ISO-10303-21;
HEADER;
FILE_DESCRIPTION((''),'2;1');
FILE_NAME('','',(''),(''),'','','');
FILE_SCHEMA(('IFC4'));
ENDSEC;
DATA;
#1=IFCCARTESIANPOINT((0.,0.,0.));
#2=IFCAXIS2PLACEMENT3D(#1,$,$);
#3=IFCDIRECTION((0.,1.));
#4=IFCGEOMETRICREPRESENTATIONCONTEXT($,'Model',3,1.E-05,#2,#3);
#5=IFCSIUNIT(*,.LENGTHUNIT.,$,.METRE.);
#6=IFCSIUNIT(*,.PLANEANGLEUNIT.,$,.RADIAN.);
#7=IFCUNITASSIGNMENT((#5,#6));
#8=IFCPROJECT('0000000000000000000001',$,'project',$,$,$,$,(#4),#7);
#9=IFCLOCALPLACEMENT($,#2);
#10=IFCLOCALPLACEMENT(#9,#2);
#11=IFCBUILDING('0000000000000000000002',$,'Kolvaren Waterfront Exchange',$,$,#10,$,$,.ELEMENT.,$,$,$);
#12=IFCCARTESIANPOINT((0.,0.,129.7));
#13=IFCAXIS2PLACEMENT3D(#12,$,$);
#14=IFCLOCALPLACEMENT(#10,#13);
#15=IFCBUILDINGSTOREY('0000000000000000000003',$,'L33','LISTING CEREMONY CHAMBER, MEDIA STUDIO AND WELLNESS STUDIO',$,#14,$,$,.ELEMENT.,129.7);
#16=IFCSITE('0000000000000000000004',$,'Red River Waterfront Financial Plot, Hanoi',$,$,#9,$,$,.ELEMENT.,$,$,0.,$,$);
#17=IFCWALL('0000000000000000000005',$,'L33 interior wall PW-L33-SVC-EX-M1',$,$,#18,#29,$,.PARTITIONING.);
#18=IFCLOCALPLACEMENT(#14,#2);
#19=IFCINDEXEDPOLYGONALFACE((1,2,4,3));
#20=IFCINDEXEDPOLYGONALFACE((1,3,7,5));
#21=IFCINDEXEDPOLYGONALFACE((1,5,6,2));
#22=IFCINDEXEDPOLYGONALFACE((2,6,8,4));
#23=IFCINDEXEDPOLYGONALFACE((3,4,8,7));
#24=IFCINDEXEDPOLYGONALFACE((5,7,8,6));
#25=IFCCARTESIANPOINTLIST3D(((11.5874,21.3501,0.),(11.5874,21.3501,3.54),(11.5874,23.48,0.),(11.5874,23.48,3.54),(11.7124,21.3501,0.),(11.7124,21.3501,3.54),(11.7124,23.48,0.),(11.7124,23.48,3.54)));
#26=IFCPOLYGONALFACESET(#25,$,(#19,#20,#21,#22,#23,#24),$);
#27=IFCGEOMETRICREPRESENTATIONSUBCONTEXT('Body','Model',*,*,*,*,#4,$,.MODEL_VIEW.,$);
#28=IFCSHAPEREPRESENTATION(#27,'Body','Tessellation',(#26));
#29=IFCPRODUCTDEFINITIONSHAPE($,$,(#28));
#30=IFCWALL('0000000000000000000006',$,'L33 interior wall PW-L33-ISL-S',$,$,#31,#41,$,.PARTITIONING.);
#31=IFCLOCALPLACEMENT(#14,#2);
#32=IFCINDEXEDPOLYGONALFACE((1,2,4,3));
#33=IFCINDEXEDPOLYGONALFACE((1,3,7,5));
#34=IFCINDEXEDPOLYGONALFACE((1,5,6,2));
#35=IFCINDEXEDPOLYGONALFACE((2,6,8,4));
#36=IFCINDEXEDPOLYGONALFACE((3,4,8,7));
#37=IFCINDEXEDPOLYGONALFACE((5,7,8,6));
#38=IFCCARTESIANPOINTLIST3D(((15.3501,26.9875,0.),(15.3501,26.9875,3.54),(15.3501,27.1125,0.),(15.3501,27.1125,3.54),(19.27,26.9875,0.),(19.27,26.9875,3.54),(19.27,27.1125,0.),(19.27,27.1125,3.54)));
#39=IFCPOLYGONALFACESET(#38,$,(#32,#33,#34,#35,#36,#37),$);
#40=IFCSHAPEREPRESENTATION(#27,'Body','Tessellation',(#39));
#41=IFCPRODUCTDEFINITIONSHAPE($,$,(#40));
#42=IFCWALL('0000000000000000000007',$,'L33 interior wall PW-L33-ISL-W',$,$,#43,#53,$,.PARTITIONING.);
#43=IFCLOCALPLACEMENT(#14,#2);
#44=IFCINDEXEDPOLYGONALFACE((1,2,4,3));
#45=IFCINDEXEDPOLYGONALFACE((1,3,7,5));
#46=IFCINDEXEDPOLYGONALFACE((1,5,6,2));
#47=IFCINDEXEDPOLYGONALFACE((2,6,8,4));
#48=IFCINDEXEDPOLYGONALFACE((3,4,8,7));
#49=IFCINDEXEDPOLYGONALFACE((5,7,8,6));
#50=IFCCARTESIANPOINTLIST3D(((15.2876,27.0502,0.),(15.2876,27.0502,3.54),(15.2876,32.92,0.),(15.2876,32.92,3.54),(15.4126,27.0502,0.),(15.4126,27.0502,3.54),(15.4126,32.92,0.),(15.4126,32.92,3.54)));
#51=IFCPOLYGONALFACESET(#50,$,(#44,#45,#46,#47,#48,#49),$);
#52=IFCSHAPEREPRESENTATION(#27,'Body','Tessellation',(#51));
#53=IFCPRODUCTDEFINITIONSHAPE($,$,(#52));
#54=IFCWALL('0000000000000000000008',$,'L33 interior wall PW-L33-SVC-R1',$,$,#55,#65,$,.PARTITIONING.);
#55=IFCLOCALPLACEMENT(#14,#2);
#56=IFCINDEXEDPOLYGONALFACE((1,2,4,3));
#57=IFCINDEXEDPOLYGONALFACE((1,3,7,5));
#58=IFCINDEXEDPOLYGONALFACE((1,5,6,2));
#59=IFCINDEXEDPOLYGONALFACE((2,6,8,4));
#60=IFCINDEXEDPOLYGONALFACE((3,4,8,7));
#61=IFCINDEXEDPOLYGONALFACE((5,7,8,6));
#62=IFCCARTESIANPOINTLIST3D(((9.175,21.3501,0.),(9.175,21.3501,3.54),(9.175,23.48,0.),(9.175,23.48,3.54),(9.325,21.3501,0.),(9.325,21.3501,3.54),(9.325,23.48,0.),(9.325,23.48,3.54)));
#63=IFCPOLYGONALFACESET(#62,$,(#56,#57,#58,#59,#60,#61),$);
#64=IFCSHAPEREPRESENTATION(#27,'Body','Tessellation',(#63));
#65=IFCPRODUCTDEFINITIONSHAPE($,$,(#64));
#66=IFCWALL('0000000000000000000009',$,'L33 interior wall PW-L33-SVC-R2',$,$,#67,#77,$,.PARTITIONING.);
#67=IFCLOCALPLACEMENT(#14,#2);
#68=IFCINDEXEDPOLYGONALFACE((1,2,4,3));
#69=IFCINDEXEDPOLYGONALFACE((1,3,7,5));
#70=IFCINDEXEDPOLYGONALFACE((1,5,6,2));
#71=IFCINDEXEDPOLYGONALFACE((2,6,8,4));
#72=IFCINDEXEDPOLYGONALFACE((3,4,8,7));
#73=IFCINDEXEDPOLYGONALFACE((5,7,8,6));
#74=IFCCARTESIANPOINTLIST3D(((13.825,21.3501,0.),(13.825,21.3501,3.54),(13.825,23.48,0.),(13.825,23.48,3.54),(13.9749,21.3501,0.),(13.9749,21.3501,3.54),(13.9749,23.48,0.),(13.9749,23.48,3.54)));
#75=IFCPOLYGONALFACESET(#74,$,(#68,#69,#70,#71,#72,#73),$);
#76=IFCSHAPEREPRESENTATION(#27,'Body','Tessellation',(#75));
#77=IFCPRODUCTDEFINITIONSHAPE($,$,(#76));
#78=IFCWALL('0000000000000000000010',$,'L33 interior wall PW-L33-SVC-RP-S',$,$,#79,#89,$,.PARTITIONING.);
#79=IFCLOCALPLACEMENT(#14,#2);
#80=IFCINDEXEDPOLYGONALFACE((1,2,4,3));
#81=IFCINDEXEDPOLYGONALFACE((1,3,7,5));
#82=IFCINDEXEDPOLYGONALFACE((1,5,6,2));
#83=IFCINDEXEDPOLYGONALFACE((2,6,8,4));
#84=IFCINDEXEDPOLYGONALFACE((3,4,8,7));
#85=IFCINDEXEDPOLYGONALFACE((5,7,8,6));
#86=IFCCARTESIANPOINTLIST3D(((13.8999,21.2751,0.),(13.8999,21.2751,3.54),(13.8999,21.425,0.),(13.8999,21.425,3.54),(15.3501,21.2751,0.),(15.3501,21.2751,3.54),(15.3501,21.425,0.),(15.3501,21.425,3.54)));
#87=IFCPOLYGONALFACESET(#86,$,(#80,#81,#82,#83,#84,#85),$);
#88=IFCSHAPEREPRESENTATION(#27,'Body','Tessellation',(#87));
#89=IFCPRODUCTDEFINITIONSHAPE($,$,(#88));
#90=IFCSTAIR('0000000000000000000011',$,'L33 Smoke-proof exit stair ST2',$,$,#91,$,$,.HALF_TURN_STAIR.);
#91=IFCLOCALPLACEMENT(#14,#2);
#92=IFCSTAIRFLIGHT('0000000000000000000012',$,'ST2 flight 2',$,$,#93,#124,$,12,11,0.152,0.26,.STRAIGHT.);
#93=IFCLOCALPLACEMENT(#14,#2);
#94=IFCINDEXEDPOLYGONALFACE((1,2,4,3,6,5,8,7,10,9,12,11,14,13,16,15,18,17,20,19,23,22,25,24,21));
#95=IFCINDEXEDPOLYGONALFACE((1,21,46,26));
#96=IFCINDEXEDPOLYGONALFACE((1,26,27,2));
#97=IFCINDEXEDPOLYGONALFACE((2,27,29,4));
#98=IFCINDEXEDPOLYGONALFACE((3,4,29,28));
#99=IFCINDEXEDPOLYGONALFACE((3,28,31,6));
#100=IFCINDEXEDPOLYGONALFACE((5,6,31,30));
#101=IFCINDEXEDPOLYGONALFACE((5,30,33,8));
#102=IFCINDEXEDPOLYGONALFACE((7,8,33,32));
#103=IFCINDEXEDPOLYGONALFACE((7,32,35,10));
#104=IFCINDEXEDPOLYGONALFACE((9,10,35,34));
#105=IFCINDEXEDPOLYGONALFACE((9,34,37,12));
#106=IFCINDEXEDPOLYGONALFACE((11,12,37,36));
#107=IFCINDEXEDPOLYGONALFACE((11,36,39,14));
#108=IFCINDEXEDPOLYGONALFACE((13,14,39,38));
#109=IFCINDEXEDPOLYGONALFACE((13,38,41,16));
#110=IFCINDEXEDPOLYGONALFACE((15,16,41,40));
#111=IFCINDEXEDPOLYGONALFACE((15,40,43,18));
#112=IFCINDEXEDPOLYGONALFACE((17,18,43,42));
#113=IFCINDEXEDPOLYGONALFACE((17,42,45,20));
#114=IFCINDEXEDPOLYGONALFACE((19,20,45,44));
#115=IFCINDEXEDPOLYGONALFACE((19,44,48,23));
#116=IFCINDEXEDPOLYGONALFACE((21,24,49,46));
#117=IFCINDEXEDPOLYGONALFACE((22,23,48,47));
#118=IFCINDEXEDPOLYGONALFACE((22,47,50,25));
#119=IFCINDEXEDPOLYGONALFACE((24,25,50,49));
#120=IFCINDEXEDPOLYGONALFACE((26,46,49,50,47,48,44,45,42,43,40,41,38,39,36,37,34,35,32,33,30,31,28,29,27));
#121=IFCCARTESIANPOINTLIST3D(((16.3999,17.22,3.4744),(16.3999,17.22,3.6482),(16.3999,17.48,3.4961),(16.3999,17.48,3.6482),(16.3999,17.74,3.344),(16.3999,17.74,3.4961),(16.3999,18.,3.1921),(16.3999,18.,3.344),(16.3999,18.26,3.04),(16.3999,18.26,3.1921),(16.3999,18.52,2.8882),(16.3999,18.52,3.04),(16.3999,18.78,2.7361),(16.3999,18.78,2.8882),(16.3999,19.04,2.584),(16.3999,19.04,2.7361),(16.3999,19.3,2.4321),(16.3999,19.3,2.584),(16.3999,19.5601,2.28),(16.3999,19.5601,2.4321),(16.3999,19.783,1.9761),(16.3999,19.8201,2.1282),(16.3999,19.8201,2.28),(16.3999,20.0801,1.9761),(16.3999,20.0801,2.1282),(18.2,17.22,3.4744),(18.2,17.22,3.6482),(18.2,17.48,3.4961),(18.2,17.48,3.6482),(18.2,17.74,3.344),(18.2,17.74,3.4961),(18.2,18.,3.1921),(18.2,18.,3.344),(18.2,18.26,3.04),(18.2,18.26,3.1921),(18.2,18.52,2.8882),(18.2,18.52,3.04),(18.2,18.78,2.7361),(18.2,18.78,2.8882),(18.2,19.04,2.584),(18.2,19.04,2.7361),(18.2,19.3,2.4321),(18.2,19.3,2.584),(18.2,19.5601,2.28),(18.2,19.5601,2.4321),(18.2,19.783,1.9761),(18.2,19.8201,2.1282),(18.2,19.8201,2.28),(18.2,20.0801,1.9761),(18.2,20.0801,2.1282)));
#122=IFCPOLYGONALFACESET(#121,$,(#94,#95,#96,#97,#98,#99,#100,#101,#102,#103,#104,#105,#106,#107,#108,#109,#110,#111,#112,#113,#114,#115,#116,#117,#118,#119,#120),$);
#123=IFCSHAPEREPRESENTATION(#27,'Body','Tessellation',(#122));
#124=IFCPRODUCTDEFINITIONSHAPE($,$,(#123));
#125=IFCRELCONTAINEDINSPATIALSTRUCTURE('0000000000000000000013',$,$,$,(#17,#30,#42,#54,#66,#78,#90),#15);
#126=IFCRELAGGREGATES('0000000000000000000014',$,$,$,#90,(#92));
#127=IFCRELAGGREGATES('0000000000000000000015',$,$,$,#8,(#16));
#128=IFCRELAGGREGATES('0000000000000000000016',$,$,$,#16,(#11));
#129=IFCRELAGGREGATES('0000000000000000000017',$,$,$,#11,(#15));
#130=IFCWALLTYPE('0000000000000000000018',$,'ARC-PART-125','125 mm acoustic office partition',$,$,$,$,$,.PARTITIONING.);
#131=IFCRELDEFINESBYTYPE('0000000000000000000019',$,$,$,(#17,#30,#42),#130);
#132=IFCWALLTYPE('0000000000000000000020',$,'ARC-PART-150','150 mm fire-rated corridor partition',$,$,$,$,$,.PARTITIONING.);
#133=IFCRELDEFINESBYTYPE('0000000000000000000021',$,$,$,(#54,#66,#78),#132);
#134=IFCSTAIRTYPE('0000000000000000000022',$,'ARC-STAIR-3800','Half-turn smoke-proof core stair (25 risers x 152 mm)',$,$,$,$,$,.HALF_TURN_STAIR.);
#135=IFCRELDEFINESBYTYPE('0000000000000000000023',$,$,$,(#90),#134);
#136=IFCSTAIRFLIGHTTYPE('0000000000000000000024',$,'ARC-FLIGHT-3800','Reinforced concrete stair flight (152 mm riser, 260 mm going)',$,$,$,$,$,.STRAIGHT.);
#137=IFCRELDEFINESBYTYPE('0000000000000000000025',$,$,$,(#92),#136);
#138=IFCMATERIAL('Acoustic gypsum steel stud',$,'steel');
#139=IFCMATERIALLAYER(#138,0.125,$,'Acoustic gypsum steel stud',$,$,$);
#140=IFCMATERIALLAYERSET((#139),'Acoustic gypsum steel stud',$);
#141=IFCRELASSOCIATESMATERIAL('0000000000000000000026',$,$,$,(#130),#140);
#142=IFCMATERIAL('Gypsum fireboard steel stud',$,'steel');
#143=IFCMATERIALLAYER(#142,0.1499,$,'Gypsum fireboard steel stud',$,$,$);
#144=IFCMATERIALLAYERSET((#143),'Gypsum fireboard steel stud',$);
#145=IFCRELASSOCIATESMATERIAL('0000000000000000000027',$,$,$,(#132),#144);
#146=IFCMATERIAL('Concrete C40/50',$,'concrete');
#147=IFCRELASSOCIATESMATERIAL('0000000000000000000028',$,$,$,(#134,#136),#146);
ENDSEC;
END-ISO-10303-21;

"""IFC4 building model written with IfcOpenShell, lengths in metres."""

from ifc_helpers import new_model, si_unit, direction, frame, frame_2d, origin, place, context, subcontext, project, spatial, polyline, rectangle, outline, extrude, material, layer, layer_set, type_object, element, aggregate, save


model = new_model("IFC4")

# Units and contexts
model_context = context("Model", 3, precision=1e-05, world=origin(), true_north=direction((0.0, 1.0)))
body_context = subcontext(model_context, "Body", "Model", "MODEL_VIEW")
ifc_project = project(units=[si_unit("LENGTHUNIT", "METRE"), si_unit("PLANEANGLEUNIT", "RADIAN")], contexts=[model_context])

# Site, building, storey
site_placement = place(None, origin())
site = spatial("IfcSite", under=ifc_project, at=site_placement, Name="Red River Waterfront Financial Plot, Hanoi", CompositionType="ELEMENT", RefElevation=0.0)
building_placement = place(site_placement, origin())
building = spatial("IfcBuilding", under=site, at=building_placement, Name="Kolvaren Waterfront Exchange", CompositionType="ELEMENT")
storey_placement = place(building_placement, frame((0.0, 0.0, 129.7)))
storey = spatial("IfcBuildingStorey", under=building, at=storey_placement, Name="L33", Description="LISTING CEREMONY CHAMBER, MEDIA STUDIO AND WELLNESS STUDIO", CompositionType="ELEMENT", Elevation=129.7)

# Shared definitions
ifc_material_1 = material(Name="Acoustic gypsum steel stud", Category="steel")
ifc_layer_1 = layer(ifc_material_1, 0.125, Name="Acoustic gypsum steel stud")
ifc_layer_set_1 = layer_set([ifc_layer_1], Name="Acoustic gypsum steel stud")
wall_type_1 = type_object("IfcWallType", Name="ARC-PART-125", Description="125 mm acoustic office partition", PredefinedType="PARTITIONING", material=ifc_layer_set_1)

# Walls
wall_1_placement = place(storey_placement, frame((11.6499, 21.3501, 0.0), z_axis=(0.0, 0.0, 1.0), x_axis=(0.0, 1.0, 0.0)))
element("IfcWall", 1, at=wall_1_placement, inside=storey, type_object=wall_type_1, Name="L33 interior wall PW-L33-SVC-EX-M1", PredefinedType="PARTITIONING", context=body_context, shape_type="SweptSolid", body=[
    extrude(rectangle(XDim=2.1299, YDim=0.125, at=frame_2d((1.0649, 0.0))), origin(), (0.0, 0.0, 1.0), 3.54),
])
wall_2_placement = place(storey_placement, frame((15.3501, 27.05, 0.0), z_axis=(0.0, 0.0, 1.0), x_axis=(1.0, 0.0, 0.0)))
element("IfcWall", 2, at=wall_2_placement, inside=storey, type_object=wall_type_1, Name="L33 interior wall PW-L33-ISL-S", PredefinedType="PARTITIONING", context=body_context, shape_type="SweptSolid", body=[
    extrude(rectangle(XDim=3.9199, YDim=0.125, at=frame_2d((1.96, 0.0))), origin(), (0.0, 0.0, 1.0), 3.54),
])
wall_3_placement = place(storey_placement, frame((15.3501, 27.05, 0.0), z_axis=(0.0, 0.0, 1.0), x_axis=(0.0, 1.0, 0.0)))
element("IfcWall", 3, at=wall_3_placement, inside=storey, type_object=wall_type_1, Name="L33 interior wall PW-L33-ISL-W", PredefinedType="PARTITIONING", context=body_context, shape_type="SweptSolid", body=[
    extrude(rectangle(XDim=5.8699, YDim=0.125, at=frame_2d((2.9351, 0.0))), origin(), (0.0, 0.0, 1.0), 3.54),
])
ifc_material_2 = material(Name="Gypsum fireboard steel stud", Category="steel")
ifc_layer_2 = layer(ifc_material_2, 0.1499, Name="Gypsum fireboard steel stud")
ifc_layer_set_2 = layer_set([ifc_layer_2], Name="Gypsum fireboard steel stud")
wall_type_2 = type_object("IfcWallType", Name="ARC-PART-150", Description="150 mm fire-rated corridor partition", PredefinedType="PARTITIONING", material=ifc_layer_set_2)
for number, where, z_axis, x_axis, name in (
    (4, (9.25, 21.3501, 0.0), (0.0, 0.0, 1.0), (0.0, 1.0, 0.0), "L33 interior wall PW-L33-SVC-R1"),
    (5, (13.8999, 21.3501, 0.0), (0.0, 0.0, 1.0), (0.0, 1.0, 0.0), "L33 interior wall PW-L33-SVC-R2"),
):
    element("IfcWall", number, at=place(storey_placement, frame(where, z_axis=z_axis, x_axis=x_axis)), inside=storey, type_object=wall_type_2, Name=name, PredefinedType="PARTITIONING", context=body_context, shape_type="SweptSolid", body=[
        extrude(rectangle(XDim=2.1299, YDim=0.1499, at=frame_2d((1.0649, 0.0))), origin(), (0.0, 0.0, 1.0), 3.54),
    ])
wall_4_placement = place(storey_placement, frame((13.8999, 21.3501, 0.0), z_axis=(0.0, 0.0, 1.0), x_axis=(1.0, 0.0, 0.0)))
element("IfcWall", 6, at=wall_4_placement, inside=storey, type_object=wall_type_2, Name="L33 interior wall PW-L33-SVC-RP-S", PredefinedType="PARTITIONING", context=body_context, shape_type="SweptSolid", body=[
    extrude(rectangle(XDim=1.4502, YDim=0.1499, at=frame_2d((0.7251, 0.0))), origin(), (0.0, 0.0, 1.0), 3.54),
])

# Stair, stair flight
ifc_material_3 = material(Name="Concrete C40/50", Category="concrete")
stair_type = type_object("IfcStairType", Name="ARC-STAIR-3800", Description="Half-turn smoke-proof core stair (25 risers x 152 mm)", PredefinedType="HALF_TURN_STAIR", material=ifc_material_3)
stair_placement = place(storey_placement, origin())
stair = element("IfcStair", 7, at=stair_placement, inside=storey, type_object=stair_type, Name="L33 Smoke-proof exit stair ST2", PredefinedType="HALF_TURN_STAIR")
stair_flight_type = type_object("IfcStairFlightType", Name="ARC-FLIGHT-3800", Description="Reinforced concrete stair flight (152 mm riser, 260 mm going)", PredefinedType="STRAIGHT", material=ifc_material_3)
stair_flight_placement = place(storey_placement, frame((17.3, 20.0801, 1.9761), z_axis=(0.0, 0.0, 1.0), x_axis=(0.0, -1.0, 0.0)))
stair_flight = element("IfcStairFlight", 8, at=stair_flight_placement, type_object=stair_flight_type, Name="ST2 flight 2", NumberOfRisers=12, NumberOfTreads=11, PredefinedType="STRAIGHT", RiserHeight=0.152, TreadLength=0.26, context=body_context, shape_type="SweptSolid", body=[
    extrude(outline(polyline([(0.0, 0.0), (0.0, 0.1521), (0.26, 0.1521), (0.26, 0.304), (0.52, 0.304), (0.52, 0.4561), (0.78, 0.4561), (0.78, 0.6079), (1.04, 0.6079), (1.04, 0.76), (1.3, 0.76), (1.3, 0.9121), (1.5601, 0.9121), (1.5601, 1.064), (1.8201, 1.064), (1.8201, 1.2161), (2.0801, 1.2161), (2.0801, 1.3679), (2.3401, 1.3679), (2.3401, 1.52), (2.6001, 1.52), (2.6001, 1.6721), (2.8601, 1.6721), (2.8601, 1.824), (2.8601, 1.4983), (0.2971, 0.0), (0.0, 0.0)])), frame((0.0, 0.8999, 0.0), z_axis=(0.0, -1.0, 0.0), x_axis=(1.0, 0.0, 0.0)), (0.0, 0.0, 1.0), 1.8),
])
aggregate(stair, [stair_flight])

save(model, "model.ifc")
